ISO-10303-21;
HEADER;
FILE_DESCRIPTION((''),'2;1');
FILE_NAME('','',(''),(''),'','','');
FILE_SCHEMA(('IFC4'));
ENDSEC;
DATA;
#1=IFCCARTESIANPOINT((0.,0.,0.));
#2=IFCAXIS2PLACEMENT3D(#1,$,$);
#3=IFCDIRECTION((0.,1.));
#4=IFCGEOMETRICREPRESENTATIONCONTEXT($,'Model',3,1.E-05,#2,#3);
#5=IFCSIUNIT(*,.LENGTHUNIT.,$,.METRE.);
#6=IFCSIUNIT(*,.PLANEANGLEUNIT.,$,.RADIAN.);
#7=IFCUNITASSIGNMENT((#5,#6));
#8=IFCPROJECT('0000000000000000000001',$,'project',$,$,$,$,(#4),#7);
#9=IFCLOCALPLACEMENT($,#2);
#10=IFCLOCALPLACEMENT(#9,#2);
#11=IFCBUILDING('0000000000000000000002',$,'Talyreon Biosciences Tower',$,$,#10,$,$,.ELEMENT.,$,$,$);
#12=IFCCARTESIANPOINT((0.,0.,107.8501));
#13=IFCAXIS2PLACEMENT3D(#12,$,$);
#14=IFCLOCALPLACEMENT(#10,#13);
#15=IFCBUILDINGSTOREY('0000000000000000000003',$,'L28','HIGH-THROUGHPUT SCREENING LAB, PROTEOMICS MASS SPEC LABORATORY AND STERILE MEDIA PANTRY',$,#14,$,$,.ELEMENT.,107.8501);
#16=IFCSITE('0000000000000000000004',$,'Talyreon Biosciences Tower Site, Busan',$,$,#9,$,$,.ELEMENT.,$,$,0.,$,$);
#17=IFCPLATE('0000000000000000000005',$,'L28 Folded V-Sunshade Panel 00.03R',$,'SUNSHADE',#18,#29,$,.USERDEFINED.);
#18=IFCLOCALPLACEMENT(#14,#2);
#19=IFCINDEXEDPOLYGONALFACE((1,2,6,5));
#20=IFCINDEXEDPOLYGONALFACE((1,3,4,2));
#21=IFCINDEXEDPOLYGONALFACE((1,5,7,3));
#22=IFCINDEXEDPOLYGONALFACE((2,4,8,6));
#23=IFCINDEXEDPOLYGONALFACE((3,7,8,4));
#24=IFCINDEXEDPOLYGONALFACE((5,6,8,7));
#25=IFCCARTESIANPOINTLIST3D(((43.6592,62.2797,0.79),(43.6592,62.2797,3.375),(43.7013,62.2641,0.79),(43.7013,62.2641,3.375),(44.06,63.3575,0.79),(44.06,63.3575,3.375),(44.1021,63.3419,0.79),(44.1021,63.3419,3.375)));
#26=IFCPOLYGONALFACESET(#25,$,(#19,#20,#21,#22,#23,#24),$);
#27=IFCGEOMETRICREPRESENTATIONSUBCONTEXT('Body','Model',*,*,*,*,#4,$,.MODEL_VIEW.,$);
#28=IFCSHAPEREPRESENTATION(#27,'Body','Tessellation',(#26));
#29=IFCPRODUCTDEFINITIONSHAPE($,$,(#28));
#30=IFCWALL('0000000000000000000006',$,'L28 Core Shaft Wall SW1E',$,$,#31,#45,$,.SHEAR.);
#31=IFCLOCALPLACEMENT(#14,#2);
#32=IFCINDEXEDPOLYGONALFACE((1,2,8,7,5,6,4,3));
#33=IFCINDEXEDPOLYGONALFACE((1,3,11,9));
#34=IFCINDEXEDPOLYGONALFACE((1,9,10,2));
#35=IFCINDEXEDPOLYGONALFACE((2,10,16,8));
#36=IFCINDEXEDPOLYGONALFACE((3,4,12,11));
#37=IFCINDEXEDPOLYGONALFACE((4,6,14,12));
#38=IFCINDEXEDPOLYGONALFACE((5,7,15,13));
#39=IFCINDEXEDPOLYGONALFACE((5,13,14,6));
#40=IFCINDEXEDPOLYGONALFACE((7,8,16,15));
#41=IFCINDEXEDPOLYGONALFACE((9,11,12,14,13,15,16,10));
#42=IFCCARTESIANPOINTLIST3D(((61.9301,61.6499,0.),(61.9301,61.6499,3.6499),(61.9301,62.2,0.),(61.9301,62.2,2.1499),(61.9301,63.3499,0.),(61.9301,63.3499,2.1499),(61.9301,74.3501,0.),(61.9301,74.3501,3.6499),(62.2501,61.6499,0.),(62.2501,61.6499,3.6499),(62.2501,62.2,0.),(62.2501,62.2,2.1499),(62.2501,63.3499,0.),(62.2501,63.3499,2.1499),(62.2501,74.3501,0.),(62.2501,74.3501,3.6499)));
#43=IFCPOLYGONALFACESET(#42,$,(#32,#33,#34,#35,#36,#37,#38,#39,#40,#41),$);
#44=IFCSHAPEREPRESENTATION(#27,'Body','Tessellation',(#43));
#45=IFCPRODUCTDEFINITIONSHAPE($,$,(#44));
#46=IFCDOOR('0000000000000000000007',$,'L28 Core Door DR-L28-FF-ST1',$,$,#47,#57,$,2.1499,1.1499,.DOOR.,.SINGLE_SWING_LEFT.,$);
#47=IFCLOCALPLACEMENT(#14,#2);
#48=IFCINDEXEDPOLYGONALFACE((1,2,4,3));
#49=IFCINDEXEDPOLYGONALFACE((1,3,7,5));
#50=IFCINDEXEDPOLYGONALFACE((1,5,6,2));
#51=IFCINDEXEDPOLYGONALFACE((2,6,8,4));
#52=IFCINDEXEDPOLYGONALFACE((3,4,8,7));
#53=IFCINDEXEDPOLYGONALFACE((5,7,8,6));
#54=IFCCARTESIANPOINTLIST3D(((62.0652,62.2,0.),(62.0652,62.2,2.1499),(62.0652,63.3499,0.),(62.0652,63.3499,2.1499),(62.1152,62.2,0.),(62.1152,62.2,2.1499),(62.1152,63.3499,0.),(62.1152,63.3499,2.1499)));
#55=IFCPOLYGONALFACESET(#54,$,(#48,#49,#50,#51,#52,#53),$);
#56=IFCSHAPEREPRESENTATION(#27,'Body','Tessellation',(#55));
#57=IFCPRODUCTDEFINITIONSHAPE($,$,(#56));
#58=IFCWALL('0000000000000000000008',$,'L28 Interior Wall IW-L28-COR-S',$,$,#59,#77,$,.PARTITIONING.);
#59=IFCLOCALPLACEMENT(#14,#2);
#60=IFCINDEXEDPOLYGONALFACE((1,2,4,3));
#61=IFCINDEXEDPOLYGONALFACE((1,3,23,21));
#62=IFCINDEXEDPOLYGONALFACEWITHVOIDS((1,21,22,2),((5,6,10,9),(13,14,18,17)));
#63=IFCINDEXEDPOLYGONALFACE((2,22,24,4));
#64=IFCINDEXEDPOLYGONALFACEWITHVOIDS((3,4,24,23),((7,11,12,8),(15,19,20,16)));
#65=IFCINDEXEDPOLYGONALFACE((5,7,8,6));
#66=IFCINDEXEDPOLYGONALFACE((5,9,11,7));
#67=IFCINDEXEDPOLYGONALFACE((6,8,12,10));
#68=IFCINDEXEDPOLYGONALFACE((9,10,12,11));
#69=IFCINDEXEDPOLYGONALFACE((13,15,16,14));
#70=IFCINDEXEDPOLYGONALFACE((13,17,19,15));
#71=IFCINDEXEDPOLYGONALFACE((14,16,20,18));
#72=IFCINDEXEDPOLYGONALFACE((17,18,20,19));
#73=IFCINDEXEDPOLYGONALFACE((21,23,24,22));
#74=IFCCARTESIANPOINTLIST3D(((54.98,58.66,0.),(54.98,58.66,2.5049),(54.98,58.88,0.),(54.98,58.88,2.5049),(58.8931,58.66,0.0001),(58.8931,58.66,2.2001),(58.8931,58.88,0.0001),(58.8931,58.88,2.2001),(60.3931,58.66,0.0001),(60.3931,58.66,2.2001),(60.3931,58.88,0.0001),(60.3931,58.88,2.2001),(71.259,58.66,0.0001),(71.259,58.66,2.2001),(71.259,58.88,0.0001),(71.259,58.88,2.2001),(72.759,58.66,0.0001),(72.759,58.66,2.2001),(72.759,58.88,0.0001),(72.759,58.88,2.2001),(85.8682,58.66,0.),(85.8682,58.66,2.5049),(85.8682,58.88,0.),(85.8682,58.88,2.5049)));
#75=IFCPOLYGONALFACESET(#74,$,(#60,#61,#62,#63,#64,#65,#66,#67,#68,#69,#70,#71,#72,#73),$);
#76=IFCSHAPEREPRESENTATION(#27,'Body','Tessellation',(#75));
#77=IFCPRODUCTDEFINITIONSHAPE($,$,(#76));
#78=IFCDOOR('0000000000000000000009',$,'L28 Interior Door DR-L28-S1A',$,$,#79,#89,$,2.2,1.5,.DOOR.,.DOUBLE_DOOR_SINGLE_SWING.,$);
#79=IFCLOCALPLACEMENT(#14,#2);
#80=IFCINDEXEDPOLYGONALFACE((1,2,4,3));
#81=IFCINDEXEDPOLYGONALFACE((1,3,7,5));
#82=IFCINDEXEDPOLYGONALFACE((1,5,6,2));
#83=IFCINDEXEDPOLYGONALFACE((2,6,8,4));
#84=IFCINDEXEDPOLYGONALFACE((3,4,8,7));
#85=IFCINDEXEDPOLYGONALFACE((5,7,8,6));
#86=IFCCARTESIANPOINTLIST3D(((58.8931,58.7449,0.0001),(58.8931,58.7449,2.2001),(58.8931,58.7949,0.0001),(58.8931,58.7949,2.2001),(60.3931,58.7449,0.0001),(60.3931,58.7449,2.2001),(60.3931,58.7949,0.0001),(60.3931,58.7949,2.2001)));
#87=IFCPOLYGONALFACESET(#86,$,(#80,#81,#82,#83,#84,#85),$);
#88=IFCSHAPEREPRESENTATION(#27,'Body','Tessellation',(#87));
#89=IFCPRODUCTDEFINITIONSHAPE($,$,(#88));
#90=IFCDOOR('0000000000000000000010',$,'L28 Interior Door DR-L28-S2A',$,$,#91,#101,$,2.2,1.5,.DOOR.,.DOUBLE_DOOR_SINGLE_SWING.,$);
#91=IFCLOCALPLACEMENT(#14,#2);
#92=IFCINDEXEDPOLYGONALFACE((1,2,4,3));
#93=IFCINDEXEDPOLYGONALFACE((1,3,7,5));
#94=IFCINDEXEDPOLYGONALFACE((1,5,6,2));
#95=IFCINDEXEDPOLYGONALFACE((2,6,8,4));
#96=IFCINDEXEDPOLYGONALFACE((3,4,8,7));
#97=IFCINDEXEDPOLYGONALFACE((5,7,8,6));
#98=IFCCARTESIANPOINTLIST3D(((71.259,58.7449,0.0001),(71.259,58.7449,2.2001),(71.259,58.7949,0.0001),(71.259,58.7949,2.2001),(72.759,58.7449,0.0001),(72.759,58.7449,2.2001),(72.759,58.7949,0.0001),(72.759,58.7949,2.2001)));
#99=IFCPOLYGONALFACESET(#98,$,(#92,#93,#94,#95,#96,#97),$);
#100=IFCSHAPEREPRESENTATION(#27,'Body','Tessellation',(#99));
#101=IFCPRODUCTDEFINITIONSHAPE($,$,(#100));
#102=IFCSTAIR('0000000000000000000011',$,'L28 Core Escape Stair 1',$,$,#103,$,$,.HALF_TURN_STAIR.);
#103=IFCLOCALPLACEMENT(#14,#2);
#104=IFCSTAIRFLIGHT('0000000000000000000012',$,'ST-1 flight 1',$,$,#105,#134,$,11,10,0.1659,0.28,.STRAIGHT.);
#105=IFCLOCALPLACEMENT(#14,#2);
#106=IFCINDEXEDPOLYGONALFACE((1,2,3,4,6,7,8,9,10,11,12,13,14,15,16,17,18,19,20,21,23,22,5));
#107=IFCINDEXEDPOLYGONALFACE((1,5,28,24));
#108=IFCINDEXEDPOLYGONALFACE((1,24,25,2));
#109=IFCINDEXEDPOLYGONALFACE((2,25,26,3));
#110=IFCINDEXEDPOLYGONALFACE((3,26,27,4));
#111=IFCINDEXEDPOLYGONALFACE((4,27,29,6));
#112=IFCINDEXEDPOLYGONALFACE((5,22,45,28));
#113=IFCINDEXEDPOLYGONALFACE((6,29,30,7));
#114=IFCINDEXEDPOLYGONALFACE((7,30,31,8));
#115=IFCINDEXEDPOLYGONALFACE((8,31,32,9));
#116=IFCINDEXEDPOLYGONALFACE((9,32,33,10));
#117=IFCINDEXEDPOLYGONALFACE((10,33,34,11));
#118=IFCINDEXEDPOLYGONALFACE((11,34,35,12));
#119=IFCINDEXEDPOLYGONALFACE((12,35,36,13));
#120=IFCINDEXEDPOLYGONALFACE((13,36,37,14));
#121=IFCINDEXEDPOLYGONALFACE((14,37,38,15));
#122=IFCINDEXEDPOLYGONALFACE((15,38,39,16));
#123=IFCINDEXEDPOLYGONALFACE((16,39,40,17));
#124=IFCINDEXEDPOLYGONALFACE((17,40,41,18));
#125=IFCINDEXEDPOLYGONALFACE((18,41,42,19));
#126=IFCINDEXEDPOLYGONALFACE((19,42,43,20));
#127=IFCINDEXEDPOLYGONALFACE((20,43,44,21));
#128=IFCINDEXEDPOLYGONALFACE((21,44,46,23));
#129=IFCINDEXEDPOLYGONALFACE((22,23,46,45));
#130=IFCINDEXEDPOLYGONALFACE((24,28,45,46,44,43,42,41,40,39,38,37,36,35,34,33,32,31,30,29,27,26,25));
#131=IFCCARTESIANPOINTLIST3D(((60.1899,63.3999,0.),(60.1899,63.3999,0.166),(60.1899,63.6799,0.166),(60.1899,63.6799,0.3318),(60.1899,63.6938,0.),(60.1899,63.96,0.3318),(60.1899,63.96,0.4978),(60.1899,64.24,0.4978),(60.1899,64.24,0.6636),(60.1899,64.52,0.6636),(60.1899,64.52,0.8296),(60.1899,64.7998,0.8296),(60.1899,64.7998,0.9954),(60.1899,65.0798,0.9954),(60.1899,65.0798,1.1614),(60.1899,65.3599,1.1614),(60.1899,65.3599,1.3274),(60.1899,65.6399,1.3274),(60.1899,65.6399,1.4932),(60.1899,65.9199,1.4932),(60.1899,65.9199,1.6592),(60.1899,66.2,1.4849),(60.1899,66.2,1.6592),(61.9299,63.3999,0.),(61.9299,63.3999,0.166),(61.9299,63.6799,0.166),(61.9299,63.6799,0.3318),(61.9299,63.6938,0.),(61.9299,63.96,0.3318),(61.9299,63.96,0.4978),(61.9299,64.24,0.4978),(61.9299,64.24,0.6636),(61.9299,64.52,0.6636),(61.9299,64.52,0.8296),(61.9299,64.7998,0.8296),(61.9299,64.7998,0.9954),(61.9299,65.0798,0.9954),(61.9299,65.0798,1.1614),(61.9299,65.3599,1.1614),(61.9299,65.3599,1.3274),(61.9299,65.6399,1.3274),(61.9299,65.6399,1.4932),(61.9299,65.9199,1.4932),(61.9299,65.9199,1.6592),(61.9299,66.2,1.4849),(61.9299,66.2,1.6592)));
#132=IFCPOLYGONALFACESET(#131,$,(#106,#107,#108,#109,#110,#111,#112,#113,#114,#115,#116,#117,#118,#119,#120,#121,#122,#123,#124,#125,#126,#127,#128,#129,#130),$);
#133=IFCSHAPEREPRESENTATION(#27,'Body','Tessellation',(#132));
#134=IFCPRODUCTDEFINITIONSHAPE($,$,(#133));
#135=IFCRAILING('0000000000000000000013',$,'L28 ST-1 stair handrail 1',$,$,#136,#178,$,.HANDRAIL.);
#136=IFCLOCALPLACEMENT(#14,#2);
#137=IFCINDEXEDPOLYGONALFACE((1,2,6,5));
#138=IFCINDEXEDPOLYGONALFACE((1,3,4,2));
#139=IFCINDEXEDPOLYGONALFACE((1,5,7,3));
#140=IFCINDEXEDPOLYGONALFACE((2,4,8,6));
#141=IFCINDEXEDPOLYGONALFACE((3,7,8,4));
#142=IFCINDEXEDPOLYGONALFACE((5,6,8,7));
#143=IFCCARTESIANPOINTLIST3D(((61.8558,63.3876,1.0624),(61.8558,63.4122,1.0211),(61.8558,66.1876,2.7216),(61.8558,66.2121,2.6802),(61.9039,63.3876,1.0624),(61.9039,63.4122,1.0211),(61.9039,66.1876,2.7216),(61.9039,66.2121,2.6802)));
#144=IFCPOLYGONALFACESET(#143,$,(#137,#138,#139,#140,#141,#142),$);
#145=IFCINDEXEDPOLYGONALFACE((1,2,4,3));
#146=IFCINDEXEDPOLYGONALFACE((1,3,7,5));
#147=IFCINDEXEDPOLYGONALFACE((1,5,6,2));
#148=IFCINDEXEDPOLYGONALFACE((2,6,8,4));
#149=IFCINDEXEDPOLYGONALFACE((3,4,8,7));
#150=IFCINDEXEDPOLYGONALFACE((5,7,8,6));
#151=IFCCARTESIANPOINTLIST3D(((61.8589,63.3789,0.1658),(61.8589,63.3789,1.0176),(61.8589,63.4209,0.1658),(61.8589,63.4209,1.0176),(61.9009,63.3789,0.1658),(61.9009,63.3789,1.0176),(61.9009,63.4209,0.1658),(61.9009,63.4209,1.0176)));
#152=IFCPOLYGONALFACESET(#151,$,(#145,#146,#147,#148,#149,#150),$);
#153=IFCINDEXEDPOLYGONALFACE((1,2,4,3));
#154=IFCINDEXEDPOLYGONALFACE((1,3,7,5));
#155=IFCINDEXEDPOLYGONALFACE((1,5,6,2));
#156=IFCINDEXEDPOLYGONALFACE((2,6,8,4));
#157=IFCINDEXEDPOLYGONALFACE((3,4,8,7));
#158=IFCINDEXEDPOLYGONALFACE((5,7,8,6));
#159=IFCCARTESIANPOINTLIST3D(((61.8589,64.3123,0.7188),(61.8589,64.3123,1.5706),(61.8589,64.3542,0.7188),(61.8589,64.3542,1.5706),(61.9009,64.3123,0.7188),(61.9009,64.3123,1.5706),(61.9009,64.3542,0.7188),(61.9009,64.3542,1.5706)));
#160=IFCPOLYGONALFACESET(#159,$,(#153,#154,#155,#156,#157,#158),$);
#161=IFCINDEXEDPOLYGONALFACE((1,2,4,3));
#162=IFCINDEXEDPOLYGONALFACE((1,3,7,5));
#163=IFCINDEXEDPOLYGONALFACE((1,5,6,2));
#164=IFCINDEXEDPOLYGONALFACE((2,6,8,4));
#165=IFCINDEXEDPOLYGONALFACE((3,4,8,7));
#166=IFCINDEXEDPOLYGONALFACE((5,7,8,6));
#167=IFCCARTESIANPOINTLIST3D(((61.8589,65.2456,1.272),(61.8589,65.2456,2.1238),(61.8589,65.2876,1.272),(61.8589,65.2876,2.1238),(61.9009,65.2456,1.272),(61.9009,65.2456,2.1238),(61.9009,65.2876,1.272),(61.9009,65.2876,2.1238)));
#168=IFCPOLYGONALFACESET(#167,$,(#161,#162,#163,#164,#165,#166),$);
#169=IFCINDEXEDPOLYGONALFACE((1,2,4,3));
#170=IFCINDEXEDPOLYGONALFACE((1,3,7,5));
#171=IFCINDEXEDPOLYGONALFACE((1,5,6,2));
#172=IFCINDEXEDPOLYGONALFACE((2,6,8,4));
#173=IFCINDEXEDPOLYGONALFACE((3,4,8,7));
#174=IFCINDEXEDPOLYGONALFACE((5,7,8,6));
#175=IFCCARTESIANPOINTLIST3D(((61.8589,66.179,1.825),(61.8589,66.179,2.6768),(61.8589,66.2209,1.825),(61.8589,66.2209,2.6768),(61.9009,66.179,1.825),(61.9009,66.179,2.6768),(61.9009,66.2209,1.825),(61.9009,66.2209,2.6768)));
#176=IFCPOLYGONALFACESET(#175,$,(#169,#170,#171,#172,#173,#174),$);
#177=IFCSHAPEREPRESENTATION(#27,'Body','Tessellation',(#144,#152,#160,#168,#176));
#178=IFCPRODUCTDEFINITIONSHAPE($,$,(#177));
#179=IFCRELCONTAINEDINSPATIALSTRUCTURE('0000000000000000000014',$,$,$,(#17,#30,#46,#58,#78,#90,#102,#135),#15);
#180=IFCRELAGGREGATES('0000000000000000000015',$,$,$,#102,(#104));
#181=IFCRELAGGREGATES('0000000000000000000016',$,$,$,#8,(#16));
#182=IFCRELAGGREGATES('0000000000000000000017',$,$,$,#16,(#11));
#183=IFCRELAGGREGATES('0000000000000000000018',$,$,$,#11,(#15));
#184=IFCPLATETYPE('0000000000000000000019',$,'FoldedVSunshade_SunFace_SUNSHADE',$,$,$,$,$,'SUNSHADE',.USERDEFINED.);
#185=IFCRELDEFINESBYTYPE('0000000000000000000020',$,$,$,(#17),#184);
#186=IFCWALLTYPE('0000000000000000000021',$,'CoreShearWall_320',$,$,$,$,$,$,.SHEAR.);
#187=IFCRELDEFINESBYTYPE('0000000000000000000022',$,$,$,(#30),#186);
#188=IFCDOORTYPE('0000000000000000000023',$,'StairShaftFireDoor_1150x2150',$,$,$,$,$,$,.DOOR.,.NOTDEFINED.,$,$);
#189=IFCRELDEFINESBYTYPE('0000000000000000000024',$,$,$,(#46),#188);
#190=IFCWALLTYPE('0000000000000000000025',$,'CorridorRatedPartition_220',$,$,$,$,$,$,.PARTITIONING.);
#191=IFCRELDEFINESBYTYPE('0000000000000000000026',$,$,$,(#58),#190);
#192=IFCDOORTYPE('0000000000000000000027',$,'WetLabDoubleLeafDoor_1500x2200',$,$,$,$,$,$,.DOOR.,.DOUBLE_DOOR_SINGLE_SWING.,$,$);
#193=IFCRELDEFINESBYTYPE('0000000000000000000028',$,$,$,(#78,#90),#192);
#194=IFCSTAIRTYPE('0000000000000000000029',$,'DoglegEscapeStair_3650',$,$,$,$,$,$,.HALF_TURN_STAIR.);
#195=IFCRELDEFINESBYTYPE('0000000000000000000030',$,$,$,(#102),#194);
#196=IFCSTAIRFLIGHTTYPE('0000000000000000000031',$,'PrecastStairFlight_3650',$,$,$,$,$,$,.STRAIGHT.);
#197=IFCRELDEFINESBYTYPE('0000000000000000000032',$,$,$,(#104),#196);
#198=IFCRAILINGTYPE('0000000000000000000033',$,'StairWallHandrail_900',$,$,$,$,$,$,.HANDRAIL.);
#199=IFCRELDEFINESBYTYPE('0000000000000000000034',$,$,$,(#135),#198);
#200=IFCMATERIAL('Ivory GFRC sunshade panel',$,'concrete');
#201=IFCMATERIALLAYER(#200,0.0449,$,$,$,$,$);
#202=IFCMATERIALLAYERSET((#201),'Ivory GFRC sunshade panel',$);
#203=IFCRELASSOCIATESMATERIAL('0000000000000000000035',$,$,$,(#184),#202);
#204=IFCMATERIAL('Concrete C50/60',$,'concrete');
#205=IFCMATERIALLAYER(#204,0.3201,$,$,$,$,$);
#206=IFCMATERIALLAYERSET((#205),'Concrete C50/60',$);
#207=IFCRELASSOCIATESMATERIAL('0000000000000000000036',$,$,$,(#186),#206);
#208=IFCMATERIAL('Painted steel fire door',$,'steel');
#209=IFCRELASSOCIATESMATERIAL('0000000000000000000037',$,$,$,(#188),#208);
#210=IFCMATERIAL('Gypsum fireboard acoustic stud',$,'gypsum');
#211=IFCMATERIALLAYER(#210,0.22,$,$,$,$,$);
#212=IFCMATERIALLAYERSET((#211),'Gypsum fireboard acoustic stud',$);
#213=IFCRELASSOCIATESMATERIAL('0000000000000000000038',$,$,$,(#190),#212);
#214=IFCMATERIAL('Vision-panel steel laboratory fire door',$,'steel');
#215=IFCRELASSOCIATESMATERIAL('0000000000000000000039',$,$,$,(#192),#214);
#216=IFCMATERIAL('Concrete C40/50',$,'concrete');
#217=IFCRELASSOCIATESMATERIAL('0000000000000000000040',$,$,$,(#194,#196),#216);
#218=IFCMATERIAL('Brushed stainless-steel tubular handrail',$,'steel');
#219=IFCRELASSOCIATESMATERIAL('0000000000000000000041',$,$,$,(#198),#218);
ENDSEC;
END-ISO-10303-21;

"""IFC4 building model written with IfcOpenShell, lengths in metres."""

from ifc_helpers import new_model, si_unit, direction, frame, frame_2d, origin, origin_2d, place, context, subcontext, project, spatial, polyline, rectangle, outline, extrude, material, layer, layer_set, type_object, element, fill, aggregate, save


model = new_model("IFC4")

# Units and contexts
model_context = context("Model", 3, precision=1e-05, world=origin(), true_north=direction((0.0, 1.0)))
body_context = subcontext(model_context, "Body", "Model", "MODEL_VIEW")
ifc_project = project(units=[si_unit("LENGTHUNIT", "METRE"), si_unit("PLANEANGLEUNIT", "RADIAN")], contexts=[model_context])

# Site, building, storey
site_placement = place(None, origin())
site = spatial("IfcSite", under=ifc_project, at=site_placement, Name="Talyreon Biosciences Tower Site, Busan", CompositionType="ELEMENT", RefElevation=0.0)
building_placement = place(site_placement, origin())
building = spatial("IfcBuilding", under=site, at=building_placement, Name="Talyreon Biosciences Tower", CompositionType="ELEMENT")
storey_placement = place(building_placement, frame((0.0, 0.0, 107.8501)))
storey = spatial("IfcBuildingStorey", under=building, at=storey_placement, Name="L28", Description="HIGH-THROUGHPUT SCREENING LAB, PROTEOMICS MASS SPEC LABORATORY AND STERILE MEDIA PANTRY", CompositionType="ELEMENT", Elevation=107.8501)

# Shared definitions
ifc_material_1 = material(Name="Concrete C50/60", Category="concrete")

# Plate
ifc_material_2 = material(Name="Ivory GFRC sunshade panel", Category="concrete")
ifc_layer_1 = layer(ifc_material_2, 0.0449)
ifc_layer_set_1 = layer_set([ifc_layer_1], Name="Ivory GFRC sunshade panel")
plate_type_1 = type_object("IfcPlateType", Name="FoldedVSunshade_SunFace_SUNSHADE", ElementType="SUNSHADE", PredefinedType="USERDEFINED", material=ifc_layer_set_1)
for number, where, z_axis, x_axis, name in (
    (1, (43.8806, 62.8108, 0.79), (0.0, 0.0, 1.0), (0.348539, 0.937294, 0.0), "L28 Folded V-Sunshade Panel 00.03R"),
):
    element("IfcPlate", number, at=place(storey_placement, frame(where, z_axis=z_axis, x_axis=x_axis)), inside=storey, type_object=plate_type_1, Name=name, ObjectType="SUNSHADE", PredefinedType="USERDEFINED", context=body_context, shape_type="SweptSolid", body=[
        extrude(rectangle(XDim=1.1499, YDim=0.0449, at=origin_2d()), origin(), (0.0, 0.0, 1.0), 2.585),
    ])

# Wall, opening, door
ifc_layer_2 = layer(ifc_material_1, 0.3201)
ifc_layer_set_2 = layer_set([ifc_layer_2], Name="Concrete C50/60")
wall_type_1 = type_object("IfcWallType", Name="CoreShearWall_320", PredefinedType="SHEAR", material=ifc_layer_set_2)
wall_1_placement = place(storey_placement, frame((62.0901, 61.6499, 0.0), z_axis=(0.0, 0.0, 1.0), x_axis=(0.0, 1.0, 0.0)))
wall_1 = element("IfcWall", 2, at=wall_1_placement, inside=storey, type_object=wall_type_1, Name="L28 Core Shaft Wall SW1E", PredefinedType="SHEAR", context=body_context, shape_type="SweptSolid", body=[
    extrude(rectangle(XDim=12.7002, YDim=0.3201, at=frame_2d((6.3501, 0.0))), origin(), (0.0, 0.0, 1.0), 3.6499),
])
opening_1_placement = place(wall_1_placement, frame((0.55, 0.0, 0.0)))
opening_1 = element("IfcOpeningElement", 3, at=opening_1_placement, cuts=wall_1, PredefinedType="OPENING", context=body_context, shape_type="SweptSolid", body=[
    extrude(rectangle(XDim=1.1499, YDim=2.1499, at=frame_2d((0.575, 1.075))), frame((0.0, 0.1699, 0.0), z_axis=(0.0, -1.0, 0.0), x_axis=(1.0, 0.0, 0.0)), (0.0, 0.0, 1.0), 0.3401),
])
ifc_material_3 = material(Name="Painted steel fire door", Category="steel")
door_type_1 = type_object("IfcDoorType", Name="StairShaftFireDoor_1150x2150", OperationType="NOTDEFINED", PredefinedType="DOOR", material=ifc_material_3)
door_1_placement = place(opening_1_placement, origin())
door_1 = element("IfcDoor", 4, at=door_1_placement, inside=storey, type_object=door_type_1, Name="L28 Core Door DR-L28-FF-ST1", OperationType="SINGLE_SWING_LEFT", OverallHeight=2.1499, OverallWidth=1.1499, PredefinedType="DOOR", context=body_context, shape_type="SweptSolid", body=[
    extrude(rectangle(XDim=1.1499, YDim=2.1499, at=frame_2d((0.575, 1.075))), frame((0.0, 0.0249, 0.0), z_axis=(0.0, -1.0, 0.0), x_axis=(1.0, 0.0, 0.0)), (0.0, 0.0, 1.0), 0.05),
])
fill(opening_1, door_1)

# Wall, openings, doors
ifc_material_4 = material(Name="Gypsum fireboard acoustic stud", Category="gypsum")
ifc_layer_3 = layer(ifc_material_4, 0.22)
ifc_layer_set_3 = layer_set([ifc_layer_3], Name="Gypsum fireboard acoustic stud")
wall_type_2 = type_object("IfcWallType", Name="CorridorRatedPartition_220", PredefinedType="PARTITIONING", material=ifc_layer_set_3)
wall_2_placement = place(storey_placement, frame((54.98, 58.77, 0.0), z_axis=(0.0, 0.0, 1.0), x_axis=(1.0, 0.0, 0.0)))
wall_2 = element("IfcWall", 5, at=wall_2_placement, inside=storey, type_object=wall_type_2, Name="L28 Interior Wall IW-L28-COR-S", PredefinedType="PARTITIONING", context=body_context, shape_type="SweptSolid", body=[
    extrude(rectangle(XDim=30.8882, YDim=0.22, at=frame_2d((15.4441, 0.0))), origin(), (0.0, 0.0, 1.0), 2.5049),
])
opening_2_placement = place(wall_2_placement, frame((3.9131, 0.0, 0.0)))
opening_2 = element("IfcOpeningElement", 6, at=opening_2_placement, cuts=wall_2, PredefinedType="OPENING", context=body_context, shape_type="SweptSolid", body=[
    extrude(rectangle(XDim=1.5, YDim=2.2, at=frame_2d((0.75, 1.1001))), frame((0.0, 0.1199, 0.0), z_axis=(0.0, -1.0, 0.0), x_axis=(1.0, 0.0, 0.0)), (0.0, 0.0, 1.0), 0.24),
])
opening_3_placement = place(wall_2_placement, frame((16.2791, 0.0, 0.0)))
opening_3 = element("IfcOpeningElement", 7, at=opening_3_placement, cuts=wall_2, PredefinedType="OPENING", context=body_context, shape_type="SweptSolid", body=[
    extrude(rectangle(XDim=1.5, YDim=2.2, at=frame_2d((0.75, 1.1001))), frame((0.0, 0.1199, 0.0), z_axis=(0.0, -1.0, 0.0), x_axis=(1.0, 0.0, 0.0)), (0.0, 0.0, 1.0), 0.24),
])
ifc_material_5 = material(Name="Vision-panel steel laboratory fire door", Category="steel")
door_type_2 = type_object("IfcDoorType", Name="WetLabDoubleLeafDoor_1500x2200", OperationType="DOUBLE_DOOR_SINGLE_SWING", PredefinedType="DOOR", material=ifc_material_5)
door_2_placement = place(opening_2_placement, origin())
door_2 = element("IfcDoor", 8, at=door_2_placement, inside=storey, type_object=door_type_2, Name="L28 Interior Door DR-L28-S1A", OperationType="DOUBLE_DOOR_SINGLE_SWING", OverallHeight=2.2, OverallWidth=1.5, PredefinedType="DOOR", context=body_context, shape_type="SweptSolid", body=[
    extrude(rectangle(XDim=1.5, YDim=2.2, at=frame_2d((0.75, 1.1001))), frame((0.0, 0.0249, 0.0), z_axis=(0.0, -1.0, 0.0), x_axis=(1.0, 0.0, 0.0)), (0.0, 0.0, 1.0), 0.05),
])
fill(opening_2, door_2)
door_3_placement = place(opening_3_placement, origin())
door_3 = element("IfcDoor", 9, at=door_3_placement, inside=storey, type_object=door_type_2, Name="L28 Interior Door DR-L28-S2A", OperationType="DOUBLE_DOOR_SINGLE_SWING", OverallHeight=2.2, OverallWidth=1.5, PredefinedType="DOOR", context=body_context, shape_type="SweptSolid", body=[
    extrude(rectangle(XDim=1.5, YDim=2.2, at=frame_2d((0.75, 1.1001))), frame((0.0, 0.0249, 0.0), z_axis=(0.0, -1.0, 0.0), x_axis=(1.0, 0.0, 0.0)), (0.0, 0.0, 1.0), 0.05),
])
fill(opening_3, door_3)

# Stair, stair flight
ifc_material_6 = material(Name="Concrete C40/50", Category="concrete")
stair_type = type_object("IfcStairType", Name="DoglegEscapeStair_3650", PredefinedType="HALF_TURN_STAIR", material=ifc_material_6)
stair_placement = place(storey_placement, origin())
stair = element("IfcStair", 10, at=stair_placement, inside=storey, type_object=stair_type, Name="L28 Core Escape Stair 1", PredefinedType="HALF_TURN_STAIR")
stair_flight_type = type_object("IfcStairFlightType", Name="PrecastStairFlight_3650", PredefinedType="STRAIGHT", material=ifc_material_6)
stair_flight_placement = place(storey_placement, frame((61.0601, 63.3999, 0.0), z_axis=(0.0, 0.0, 1.0), x_axis=(0.0, 1.0, 0.0)))
stair_flight = element("IfcStairFlight", 11, at=stair_flight_placement, type_object=stair_flight_type, Name="ST-1 flight 1", NumberOfRisers=11, NumberOfTreads=10, PredefinedType="STRAIGHT", RiserHeight=0.1659, TreadLength=0.28, context=body_context, shape_type="SweptSolid", body=[
    extrude(outline(polyline([(0.0, 0.0), (0.0, 0.166), (0.28, 0.166), (0.28, 0.3318), (0.5601, 0.3318), (0.5601, 0.4978), (0.8401, 0.4978), (0.8401, 0.6636), (1.1201, 0.6636), (1.1201, 0.8296), (1.3999, 0.8296), (1.3999, 0.9954), (1.6799, 0.9954), (1.6799, 1.1614), (1.96, 1.1614), (1.96, 1.3274), (2.24, 1.3274), (2.24, 1.4932), (2.52, 1.4932), (2.52, 1.6592), (2.8, 1.6592), (2.8, 1.825), (2.8, 1.4849), (0.2939, 0.0), (0.0, 0.0)])), frame((0.0, 0.8701, 0.0), z_axis=(0.0, -1.0, 0.0), x_axis=(1.0, 0.0, 0.0)), (0.0, 0.0, 1.0), 1.74),
])
aggregate(stair, [stair_flight])

# Railing
ifc_material_7 = material(Name="Brushed stainless-steel tubular handrail", Category="steel")
railing_type_1 = type_object("IfcRailingType", Name="StairWallHandrail_900", PredefinedType="HANDRAIL", material=ifc_material_7)
railing_1_placement = place(storey_placement, frame((61.8799, 63.3999, 0.1658)))
element("IfcRailing", 12, at=railing_1_placement, inside=storey, type_object=railing_type_1, Name="L28 ST-1 stair handrail 1", PredefinedType="HANDRAIL", context=body_context, shape_type="SweptSolid", body=[
    extrude(rectangle(XDim=0.0481, YDim=0.0481, at=origin_2d()), frame((0.0, 0.0, 0.876), z_axis=(0.0, 0.860306, 0.509778), x_axis=(-1.0, 0.0, 0.0)), (0.0, 0.0, 1.0), 3.2546),
    extrude(rectangle(XDim=0.042, YDim=0.042, at=origin_2d()), origin(), (0.0, 0.0, 1.0), 0.8518),
    extrude(rectangle(XDim=0.042, YDim=0.042, at=origin_2d()), frame((0.0, 0.9333, 0.553)), (0.0, 0.0, 1.0), 0.8518),
    extrude(rectangle(XDim=0.042, YDim=0.042, at=origin_2d()), frame((0.0, 1.8667, 1.1062)), (0.0, 0.0, 1.0), 0.8518),
    extrude(rectangle(XDim=0.042, YDim=0.042, at=origin_2d()), frame((0.0, 2.8, 1.6592)), (0.0, 0.0, 1.0), 0.8518),
])

save(model, "model.ifc")
